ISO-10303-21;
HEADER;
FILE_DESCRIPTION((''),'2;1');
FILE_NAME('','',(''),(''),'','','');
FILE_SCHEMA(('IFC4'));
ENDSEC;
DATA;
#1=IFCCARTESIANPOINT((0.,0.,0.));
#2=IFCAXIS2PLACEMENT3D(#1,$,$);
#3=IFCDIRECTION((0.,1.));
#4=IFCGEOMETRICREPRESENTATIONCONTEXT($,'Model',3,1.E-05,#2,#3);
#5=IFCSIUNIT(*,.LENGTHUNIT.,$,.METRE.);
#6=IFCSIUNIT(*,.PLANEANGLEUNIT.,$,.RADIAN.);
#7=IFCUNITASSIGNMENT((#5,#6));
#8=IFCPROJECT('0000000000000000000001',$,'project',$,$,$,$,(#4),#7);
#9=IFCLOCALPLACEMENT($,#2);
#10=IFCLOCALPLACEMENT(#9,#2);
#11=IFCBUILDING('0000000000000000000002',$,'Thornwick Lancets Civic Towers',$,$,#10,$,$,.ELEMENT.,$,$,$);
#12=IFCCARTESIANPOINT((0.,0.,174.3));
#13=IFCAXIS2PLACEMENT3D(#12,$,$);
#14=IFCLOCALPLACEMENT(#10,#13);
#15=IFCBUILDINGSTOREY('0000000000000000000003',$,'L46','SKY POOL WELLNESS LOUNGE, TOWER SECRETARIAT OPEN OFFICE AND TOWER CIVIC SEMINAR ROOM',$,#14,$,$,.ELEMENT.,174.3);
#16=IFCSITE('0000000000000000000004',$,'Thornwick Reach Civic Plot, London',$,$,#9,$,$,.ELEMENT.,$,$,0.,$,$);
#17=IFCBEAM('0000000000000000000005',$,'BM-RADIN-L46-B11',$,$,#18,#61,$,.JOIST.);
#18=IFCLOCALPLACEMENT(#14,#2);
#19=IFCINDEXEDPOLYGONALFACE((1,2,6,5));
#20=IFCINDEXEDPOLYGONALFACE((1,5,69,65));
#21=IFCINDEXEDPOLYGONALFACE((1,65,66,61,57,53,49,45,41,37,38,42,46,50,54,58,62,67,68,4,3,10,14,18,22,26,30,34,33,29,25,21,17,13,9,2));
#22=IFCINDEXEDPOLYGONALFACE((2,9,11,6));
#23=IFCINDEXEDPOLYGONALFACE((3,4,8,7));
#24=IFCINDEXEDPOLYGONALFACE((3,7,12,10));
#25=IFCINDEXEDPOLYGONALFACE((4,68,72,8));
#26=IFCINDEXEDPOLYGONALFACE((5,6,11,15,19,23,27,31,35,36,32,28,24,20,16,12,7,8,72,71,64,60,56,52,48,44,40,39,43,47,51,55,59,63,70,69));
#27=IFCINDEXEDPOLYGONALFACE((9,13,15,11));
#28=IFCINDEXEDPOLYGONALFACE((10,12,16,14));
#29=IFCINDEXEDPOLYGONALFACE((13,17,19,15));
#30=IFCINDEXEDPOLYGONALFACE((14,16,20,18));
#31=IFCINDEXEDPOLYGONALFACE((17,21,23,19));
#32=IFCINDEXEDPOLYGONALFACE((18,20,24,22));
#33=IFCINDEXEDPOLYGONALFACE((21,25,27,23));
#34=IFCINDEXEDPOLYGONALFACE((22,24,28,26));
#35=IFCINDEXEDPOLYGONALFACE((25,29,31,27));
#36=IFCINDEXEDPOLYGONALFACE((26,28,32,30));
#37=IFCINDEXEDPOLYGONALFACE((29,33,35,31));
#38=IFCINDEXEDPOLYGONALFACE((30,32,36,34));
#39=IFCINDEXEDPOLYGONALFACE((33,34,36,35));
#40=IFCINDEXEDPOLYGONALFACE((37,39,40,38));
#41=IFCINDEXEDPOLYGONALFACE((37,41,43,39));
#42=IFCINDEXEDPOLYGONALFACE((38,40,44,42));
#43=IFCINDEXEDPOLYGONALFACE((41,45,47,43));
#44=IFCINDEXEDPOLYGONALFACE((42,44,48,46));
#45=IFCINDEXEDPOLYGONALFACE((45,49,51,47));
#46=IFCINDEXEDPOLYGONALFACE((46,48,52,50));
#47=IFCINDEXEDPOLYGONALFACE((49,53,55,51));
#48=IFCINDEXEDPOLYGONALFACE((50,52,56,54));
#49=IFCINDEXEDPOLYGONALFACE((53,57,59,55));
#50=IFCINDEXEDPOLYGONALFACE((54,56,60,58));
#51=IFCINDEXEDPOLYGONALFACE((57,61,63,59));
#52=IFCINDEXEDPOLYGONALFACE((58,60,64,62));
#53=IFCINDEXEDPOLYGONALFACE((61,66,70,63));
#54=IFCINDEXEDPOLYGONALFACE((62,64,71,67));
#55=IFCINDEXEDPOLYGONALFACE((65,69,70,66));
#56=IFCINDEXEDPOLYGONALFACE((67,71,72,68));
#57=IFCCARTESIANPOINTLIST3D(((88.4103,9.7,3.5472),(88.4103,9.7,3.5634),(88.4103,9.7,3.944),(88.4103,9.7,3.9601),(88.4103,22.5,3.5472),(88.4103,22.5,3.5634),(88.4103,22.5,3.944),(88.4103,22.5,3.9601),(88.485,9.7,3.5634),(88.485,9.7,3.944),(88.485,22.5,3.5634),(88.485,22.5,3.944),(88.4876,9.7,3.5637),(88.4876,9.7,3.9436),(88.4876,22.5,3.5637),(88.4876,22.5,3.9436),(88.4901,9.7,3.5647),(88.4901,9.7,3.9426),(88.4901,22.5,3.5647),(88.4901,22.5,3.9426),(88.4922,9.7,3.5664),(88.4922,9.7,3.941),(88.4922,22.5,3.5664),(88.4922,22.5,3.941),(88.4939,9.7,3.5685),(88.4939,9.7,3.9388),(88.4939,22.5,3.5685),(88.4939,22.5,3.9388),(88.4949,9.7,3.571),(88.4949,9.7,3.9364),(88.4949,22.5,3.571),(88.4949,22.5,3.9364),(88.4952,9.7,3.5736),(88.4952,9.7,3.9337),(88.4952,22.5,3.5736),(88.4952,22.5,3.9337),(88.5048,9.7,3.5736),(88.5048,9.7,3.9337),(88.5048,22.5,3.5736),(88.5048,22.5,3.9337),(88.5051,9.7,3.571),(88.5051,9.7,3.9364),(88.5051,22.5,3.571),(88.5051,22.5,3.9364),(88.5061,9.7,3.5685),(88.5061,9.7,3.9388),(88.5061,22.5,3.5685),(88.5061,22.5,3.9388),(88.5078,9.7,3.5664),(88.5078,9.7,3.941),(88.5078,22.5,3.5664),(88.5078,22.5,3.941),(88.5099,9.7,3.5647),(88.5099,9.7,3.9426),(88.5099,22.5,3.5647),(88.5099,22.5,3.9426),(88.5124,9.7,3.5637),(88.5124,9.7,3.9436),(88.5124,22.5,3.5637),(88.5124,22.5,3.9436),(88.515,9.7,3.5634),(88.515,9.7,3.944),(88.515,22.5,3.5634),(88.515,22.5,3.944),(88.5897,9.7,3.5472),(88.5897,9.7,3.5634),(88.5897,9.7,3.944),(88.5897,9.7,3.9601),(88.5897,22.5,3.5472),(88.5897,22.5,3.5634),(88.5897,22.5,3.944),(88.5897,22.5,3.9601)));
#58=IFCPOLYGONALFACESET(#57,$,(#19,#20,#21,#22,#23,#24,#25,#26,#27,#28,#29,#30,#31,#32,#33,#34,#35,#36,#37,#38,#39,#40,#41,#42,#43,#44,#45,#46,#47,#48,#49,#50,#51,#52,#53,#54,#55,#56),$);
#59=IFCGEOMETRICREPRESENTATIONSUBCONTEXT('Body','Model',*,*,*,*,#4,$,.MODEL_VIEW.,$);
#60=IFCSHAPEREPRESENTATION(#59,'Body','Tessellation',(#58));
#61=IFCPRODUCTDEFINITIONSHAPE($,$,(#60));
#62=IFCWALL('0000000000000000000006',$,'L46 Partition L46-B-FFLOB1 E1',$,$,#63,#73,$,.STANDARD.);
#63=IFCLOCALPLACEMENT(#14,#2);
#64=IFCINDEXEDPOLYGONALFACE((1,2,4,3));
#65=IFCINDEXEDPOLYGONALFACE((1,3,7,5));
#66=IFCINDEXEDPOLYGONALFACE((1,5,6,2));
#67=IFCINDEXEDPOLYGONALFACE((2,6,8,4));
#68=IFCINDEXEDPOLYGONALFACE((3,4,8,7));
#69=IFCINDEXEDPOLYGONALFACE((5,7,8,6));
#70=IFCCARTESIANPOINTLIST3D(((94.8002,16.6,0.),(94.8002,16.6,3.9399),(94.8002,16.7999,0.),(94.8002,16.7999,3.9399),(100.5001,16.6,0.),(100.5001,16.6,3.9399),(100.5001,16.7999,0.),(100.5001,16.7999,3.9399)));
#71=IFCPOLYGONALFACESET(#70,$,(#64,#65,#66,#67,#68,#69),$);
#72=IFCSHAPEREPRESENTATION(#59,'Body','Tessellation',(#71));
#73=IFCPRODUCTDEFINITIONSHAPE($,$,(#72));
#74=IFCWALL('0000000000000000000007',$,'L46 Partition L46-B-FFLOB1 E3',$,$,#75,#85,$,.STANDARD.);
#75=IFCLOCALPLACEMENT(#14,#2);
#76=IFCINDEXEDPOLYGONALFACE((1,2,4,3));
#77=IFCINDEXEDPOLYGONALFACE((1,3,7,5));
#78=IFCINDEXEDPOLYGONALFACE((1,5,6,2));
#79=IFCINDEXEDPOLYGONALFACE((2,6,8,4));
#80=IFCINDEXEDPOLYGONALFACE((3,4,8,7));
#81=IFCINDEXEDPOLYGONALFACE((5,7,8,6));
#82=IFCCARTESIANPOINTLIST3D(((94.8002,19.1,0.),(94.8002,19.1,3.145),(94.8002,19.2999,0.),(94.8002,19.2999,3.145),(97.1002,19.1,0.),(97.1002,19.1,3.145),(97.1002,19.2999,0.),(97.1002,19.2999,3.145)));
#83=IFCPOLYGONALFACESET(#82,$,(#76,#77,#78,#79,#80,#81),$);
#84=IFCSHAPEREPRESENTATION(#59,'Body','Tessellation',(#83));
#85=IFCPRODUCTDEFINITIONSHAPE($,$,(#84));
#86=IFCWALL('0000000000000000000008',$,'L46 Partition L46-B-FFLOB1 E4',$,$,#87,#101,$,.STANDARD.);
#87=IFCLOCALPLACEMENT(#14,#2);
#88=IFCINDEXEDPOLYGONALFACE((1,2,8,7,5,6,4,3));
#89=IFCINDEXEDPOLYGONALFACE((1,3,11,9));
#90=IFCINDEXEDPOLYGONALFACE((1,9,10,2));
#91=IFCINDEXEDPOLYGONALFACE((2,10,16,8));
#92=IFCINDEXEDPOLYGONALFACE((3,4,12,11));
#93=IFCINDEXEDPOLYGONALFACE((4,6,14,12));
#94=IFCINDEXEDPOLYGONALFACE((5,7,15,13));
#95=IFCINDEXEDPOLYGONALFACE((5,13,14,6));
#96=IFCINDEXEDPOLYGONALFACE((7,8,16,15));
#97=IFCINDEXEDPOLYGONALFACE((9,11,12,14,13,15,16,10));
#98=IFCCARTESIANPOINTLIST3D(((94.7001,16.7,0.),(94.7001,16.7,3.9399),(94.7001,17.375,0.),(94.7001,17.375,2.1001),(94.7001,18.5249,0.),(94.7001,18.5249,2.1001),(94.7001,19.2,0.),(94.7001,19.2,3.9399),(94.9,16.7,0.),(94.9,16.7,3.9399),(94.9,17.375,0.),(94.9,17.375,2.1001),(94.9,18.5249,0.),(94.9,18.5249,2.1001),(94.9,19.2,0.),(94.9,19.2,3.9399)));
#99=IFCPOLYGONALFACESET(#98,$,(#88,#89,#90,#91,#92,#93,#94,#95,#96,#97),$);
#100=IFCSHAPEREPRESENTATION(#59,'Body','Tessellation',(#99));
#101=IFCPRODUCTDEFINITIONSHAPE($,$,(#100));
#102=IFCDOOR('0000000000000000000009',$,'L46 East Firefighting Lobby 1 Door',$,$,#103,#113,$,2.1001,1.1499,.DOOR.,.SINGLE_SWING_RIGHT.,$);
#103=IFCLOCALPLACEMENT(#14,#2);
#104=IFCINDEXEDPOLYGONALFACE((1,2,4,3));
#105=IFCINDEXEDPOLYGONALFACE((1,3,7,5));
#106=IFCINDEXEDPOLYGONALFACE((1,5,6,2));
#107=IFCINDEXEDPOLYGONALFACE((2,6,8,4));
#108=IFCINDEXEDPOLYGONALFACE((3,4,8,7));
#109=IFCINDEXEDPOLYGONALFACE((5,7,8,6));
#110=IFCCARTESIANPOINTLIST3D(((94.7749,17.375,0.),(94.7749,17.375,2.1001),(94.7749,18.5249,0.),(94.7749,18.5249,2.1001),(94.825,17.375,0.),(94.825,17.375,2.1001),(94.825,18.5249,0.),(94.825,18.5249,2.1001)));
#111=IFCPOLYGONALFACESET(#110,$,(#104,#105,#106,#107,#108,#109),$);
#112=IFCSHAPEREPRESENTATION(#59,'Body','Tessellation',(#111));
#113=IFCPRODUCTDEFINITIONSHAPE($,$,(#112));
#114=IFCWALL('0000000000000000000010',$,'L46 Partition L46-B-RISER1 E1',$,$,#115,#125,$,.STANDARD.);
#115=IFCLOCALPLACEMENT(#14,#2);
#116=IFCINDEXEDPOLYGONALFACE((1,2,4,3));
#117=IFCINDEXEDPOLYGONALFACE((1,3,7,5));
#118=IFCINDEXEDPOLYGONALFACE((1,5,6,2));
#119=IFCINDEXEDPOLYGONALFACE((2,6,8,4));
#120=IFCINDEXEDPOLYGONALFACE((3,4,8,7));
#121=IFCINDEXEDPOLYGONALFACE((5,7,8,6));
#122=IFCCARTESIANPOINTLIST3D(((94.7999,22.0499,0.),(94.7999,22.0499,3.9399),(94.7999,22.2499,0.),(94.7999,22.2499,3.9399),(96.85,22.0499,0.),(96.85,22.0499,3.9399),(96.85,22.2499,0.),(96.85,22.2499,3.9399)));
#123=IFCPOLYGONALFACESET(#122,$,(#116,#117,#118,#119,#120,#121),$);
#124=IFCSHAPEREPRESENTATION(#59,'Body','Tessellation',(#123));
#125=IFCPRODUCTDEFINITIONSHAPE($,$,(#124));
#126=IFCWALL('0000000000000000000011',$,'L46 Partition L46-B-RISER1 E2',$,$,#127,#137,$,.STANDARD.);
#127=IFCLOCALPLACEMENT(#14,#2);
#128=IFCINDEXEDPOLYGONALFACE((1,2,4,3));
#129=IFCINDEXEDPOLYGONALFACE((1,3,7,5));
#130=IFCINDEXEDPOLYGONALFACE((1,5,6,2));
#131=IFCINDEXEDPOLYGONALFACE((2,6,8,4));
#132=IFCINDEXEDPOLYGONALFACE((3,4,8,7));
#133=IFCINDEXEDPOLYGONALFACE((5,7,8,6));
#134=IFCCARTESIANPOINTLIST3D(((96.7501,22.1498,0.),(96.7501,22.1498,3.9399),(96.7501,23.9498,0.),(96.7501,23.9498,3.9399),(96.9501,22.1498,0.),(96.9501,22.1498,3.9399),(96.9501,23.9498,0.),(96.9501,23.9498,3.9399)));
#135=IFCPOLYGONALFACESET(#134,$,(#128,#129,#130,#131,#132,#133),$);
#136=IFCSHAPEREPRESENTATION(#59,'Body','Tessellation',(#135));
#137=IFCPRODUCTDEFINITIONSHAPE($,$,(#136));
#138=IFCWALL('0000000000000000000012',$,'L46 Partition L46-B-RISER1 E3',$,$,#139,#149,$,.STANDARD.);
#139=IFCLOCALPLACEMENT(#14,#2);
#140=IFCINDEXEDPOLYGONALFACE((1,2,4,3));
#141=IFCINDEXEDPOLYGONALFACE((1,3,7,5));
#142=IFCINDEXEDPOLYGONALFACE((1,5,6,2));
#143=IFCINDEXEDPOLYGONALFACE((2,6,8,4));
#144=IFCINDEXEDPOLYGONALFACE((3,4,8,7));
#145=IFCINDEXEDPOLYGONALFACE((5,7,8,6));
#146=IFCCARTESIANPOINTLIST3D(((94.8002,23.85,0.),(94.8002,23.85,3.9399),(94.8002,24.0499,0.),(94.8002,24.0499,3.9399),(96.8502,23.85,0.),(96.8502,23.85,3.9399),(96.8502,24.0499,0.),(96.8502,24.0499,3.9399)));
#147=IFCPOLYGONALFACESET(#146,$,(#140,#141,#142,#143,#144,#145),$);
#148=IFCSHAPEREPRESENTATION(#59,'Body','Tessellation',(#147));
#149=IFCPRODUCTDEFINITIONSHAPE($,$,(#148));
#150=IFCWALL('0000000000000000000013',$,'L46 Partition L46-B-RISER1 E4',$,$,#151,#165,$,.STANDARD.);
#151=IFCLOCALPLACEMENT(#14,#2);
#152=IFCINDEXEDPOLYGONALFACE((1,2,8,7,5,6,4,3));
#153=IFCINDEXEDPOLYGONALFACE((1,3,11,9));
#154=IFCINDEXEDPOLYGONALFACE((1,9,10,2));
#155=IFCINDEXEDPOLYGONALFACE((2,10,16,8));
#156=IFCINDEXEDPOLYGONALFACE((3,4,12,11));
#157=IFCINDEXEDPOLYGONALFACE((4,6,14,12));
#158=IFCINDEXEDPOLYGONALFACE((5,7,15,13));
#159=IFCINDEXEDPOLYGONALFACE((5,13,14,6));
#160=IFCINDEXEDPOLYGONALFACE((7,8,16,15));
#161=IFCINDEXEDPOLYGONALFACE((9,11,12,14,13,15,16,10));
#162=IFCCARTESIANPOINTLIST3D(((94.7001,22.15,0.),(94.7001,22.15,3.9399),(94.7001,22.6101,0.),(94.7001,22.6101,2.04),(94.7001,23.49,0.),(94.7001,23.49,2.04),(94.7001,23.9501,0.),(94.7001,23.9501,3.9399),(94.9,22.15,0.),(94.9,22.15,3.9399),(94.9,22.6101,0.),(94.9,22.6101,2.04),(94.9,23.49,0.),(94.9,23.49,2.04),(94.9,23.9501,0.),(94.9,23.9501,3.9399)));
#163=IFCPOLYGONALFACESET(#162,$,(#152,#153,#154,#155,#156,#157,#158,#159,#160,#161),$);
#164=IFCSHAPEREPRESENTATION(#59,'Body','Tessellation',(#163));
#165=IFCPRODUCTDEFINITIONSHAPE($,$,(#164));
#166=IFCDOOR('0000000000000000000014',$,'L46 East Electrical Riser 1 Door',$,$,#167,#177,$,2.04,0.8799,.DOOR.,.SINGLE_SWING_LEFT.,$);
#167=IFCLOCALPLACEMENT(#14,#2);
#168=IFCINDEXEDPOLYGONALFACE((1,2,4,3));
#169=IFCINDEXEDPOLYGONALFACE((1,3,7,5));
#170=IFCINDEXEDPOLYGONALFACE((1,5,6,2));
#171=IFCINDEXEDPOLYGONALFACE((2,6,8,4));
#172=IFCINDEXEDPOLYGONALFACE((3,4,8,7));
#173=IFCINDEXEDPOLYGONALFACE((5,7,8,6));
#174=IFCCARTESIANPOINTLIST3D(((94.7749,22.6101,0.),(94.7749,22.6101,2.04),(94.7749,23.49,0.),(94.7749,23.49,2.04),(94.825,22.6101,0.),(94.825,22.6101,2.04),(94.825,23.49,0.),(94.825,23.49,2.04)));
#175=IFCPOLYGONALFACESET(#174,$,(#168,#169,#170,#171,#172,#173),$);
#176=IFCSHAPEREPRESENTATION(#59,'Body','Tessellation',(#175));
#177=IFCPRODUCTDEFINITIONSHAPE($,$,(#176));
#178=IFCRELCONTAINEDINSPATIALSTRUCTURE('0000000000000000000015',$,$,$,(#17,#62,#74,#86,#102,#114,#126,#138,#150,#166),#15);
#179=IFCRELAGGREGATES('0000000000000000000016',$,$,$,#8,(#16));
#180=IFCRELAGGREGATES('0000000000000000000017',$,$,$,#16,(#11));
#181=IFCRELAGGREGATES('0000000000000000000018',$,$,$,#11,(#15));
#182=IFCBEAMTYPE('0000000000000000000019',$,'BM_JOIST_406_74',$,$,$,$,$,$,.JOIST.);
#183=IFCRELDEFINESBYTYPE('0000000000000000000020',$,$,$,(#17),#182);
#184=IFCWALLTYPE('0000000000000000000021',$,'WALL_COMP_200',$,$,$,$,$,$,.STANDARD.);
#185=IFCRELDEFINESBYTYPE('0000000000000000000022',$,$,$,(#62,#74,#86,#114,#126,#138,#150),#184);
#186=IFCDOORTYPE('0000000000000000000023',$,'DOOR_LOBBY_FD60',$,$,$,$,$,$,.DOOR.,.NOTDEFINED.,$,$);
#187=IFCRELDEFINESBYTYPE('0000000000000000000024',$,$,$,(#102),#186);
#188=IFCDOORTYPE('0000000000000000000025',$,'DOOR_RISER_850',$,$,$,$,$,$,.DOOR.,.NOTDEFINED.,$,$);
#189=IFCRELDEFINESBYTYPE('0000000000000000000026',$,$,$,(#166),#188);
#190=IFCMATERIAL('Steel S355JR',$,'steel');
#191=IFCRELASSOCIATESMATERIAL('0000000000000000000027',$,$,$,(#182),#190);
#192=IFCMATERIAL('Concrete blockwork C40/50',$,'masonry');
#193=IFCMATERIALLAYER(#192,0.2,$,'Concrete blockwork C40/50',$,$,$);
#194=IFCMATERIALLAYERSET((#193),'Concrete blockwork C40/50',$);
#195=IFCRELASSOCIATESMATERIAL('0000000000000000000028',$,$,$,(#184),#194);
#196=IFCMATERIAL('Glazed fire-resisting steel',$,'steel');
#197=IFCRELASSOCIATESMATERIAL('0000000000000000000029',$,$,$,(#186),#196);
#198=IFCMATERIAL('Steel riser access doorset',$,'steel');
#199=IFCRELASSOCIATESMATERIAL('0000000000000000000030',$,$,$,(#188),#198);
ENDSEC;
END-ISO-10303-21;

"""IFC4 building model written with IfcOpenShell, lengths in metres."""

from ifc_helpers import new_model, si_unit, direction, frame, frame_2d, origin, origin_2d, place, context, subcontext, project, spatial, rectangle, i_section, extrude, material, layer, layer_set, material_profile, profile_set, type_object, element, fill, save


model = new_model("IFC4")

# Units and contexts
model_context = context("Model", 3, precision=1e-05, world=origin(), true_north=direction((0.0, 1.0)))
body_context = subcontext(model_context, "Body", "Model", "MODEL_VIEW")
ifc_project = project(units=[si_unit("LENGTHUNIT", "METRE"), si_unit("PLANEANGLEUNIT", "RADIAN")], contexts=[model_context])

# Site, building, storey
site_placement = place(None, origin())
site = spatial("IfcSite", under=ifc_project, at=site_placement, Name="Thornwick Reach Civic Plot, London", CompositionType="ELEMENT", RefElevation=0.0)
building_placement = place(site_placement, origin())
building = spatial("IfcBuilding", under=site, at=building_placement, Name="Thornwick Lancets Civic Towers", CompositionType="ELEMENT")
storey_placement = place(building_placement, frame((0.0, 0.0, 174.3)))
storey = spatial("IfcBuildingStorey", under=building, at=storey_placement, Name="L46", Description="SKY POOL WELLNESS LOUNGE, TOWER SECRETARIAT OPEN OFFICE AND TOWER CIVIC SEMINAR ROOM", CompositionType="ELEMENT", Elevation=174.3)

# Beam
ifc_material_1 = material(Name="Steel S355JR", Category="steel")
ifc_material_profile_1 = material_profile(ifc_material_1, i_section(OverallWidth=0.1794, OverallDepth=0.4128, WebThickness=0.0095, FlangeThickness=0.0161, FilletRadius=0.0103, at=origin_2d()), Name="UKB 406x178x74")
ifc_profile_set_1 = profile_set([ifc_material_profile_1], Name="Steel S355JR")
beam_type_1 = type_object("IfcBeamType", Name="BM_JOIST_406_74", PredefinedType="JOIST", material=ifc_profile_set_1)
for number, where, z_axis, x_axis, name in (
    (1, (88.5, 22.5, 3.7537), (0.0, -1.0, 0.0), (1.0, 0.0, 0.0), "BM-RADIN-L46-B11"),
):
    element("IfcBeam", number, at=place(storey_placement, frame(where, z_axis=z_axis, x_axis=x_axis)), inside=storey, type_object=beam_type_1, Name=name, PredefinedType="JOIST", context=body_context, shape_type="SweptSolid", body=[
        extrude(i_section(OverallWidth=0.1794, OverallDepth=0.4128, WebThickness=0.0095, FlangeThickness=0.0161, FilletRadius=0.0103, at=origin_2d()), origin(), (0.0, 0.0, 1.0), 12.8),
    ])

# Walls
ifc_material_2 = material(Name="Concrete blockwork C40/50", Category="masonry")
ifc_layer_1 = layer(ifc_material_2, 0.2, Name="Concrete blockwork C40/50")
ifc_layer_set_1 = layer_set([ifc_layer_1], Name="Concrete blockwork C40/50")
wall_type_1 = type_object("IfcWallType", Name="WALL_COMP_200", PredefinedType="STANDARD", material=ifc_layer_set_1)
wall_1_placement = place(storey_placement, frame((94.8, 16.7, 0.0), z_axis=(0.0, 0.0, 1.0), x_axis=(1.0, 0.0, 0.0)))
element("IfcWall", 2, at=wall_1_placement, inside=storey, type_object=wall_type_1, Name="L46 Partition L46-B-FFLOB1 E1", PredefinedType="STANDARD", context=body_context, shape_type="SweptSolid", body=[
    extrude(rectangle(XDim=5.7, YDim=0.2, at=frame_2d((2.8501, 0.0))), origin(), (0.0, 0.0, 1.0), 3.9399),
])
wall_2_placement = place(storey_placement, frame((97.1001, 19.2, 0.0), z_axis=(0.0, 0.0, 1.0), x_axis=(-1.0, 0.0, 0.0)))
element("IfcWall", 3, at=wall_2_placement, inside=storey, type_object=wall_type_1, Name="L46 Partition L46-B-FFLOB1 E3", PredefinedType="STANDARD", context=body_context, shape_type="SweptSolid", body=[
    extrude(rectangle(XDim=2.3, YDim=0.2, at=frame_2d((1.1499, 0.0))), origin(), (0.0, 0.0, 1.0), 3.145),
])

# Wall, opening, door
wall_3_placement = place(storey_placement, frame((94.8, 19.2, 0.0), z_axis=(0.0, 0.0, 1.0), x_axis=(0.0, -1.0, 0.0)))
wall_3 = element("IfcWall", 4, at=wall_3_placement, inside=storey, type_object=wall_type_1, Name="L46 Partition L46-B-FFLOB1 E4", PredefinedType="STANDARD", context=body_context, shape_type="SweptSolid", body=[
    extrude(rectangle(XDim=2.5, YDim=0.2, at=frame_2d((1.25, 0.0))), origin(), (0.0, 0.0, 1.0), 3.9399),
])
opening_1_placement = place(wall_3_placement, frame((0.675, 0.0, 0.0)))
opening_1 = element("IfcOpeningElement", 5, at=opening_1_placement, cuts=wall_3, PredefinedType="OPENING", context=body_context, shape_type="SweptSolid", body=[
    extrude(rectangle(XDim=1.1499, YDim=2.1001, at=frame_2d((0.575, 1.05))), frame((0.0, 0.1099, 0.0), z_axis=(0.0, -1.0, 0.0), x_axis=(1.0, 0.0, 0.0)), (0.0, 0.0, 1.0), 0.22),
])
ifc_material_3 = material(Name="Glazed fire-resisting steel", Category="steel")
door_type_1 = type_object("IfcDoorType", Name="DOOR_LOBBY_FD60", OperationType="NOTDEFINED", PredefinedType="DOOR", material=ifc_material_3)
door_1_placement = place(opening_1_placement, origin())
door_1 = element("IfcDoor", 6, at=door_1_placement, inside=storey, type_object=door_type_1, Name="L46 East Firefighting Lobby 1 Door", OperationType="SINGLE_SWING_RIGHT", OverallHeight=2.1001, OverallWidth=1.1499, PredefinedType="DOOR", context=body_context, shape_type="SweptSolid", body=[
    extrude(rectangle(XDim=1.1499, YDim=2.1001, at=frame_2d((0.575, 1.05))), frame((0.0, 0.0249, 0.0), z_axis=(0.0, -1.0, 0.0), x_axis=(1.0, 0.0, 0.0)), (0.0, 0.0, 1.0), 0.05),
])
fill(opening_1, door_1)

# Walls
wall_4_placement = place(storey_placement, frame((94.8, 22.1499, 0.0), z_axis=(0.0, 0.0, 1.0), x_axis=(1.0, 0.0, 0.0)))
element("IfcWall", 7, at=wall_4_placement, inside=storey, type_object=wall_type_1, Name="L46 Partition L46-B-RISER1 E1", PredefinedType="STANDARD", context=body_context, shape_type="SweptSolid", body=[
    extrude(rectangle(XDim=2.05, YDim=0.2, at=frame_2d((1.0249, 0.0))), origin(), (0.0, 0.0, 1.0), 3.9399),
])
wall_5_placement = place(storey_placement, frame((96.8501, 22.1499, 0.0), z_axis=(0.0, 0.0, 1.0), x_axis=(0.0, 1.0, 0.0)))
element("IfcWall", 8, at=wall_5_placement, inside=storey, type_object=wall_type_1, Name="L46 Partition L46-B-RISER1 E2", PredefinedType="STANDARD", context=body_context, shape_type="SweptSolid", body=[
    extrude(rectangle(XDim=1.8, YDim=0.2, at=frame_2d((0.8999, 0.0))), origin(), (0.0, 0.0, 1.0), 3.9399),
])
wall_6_placement = place(storey_placement, frame((96.8501, 23.95, 0.0), z_axis=(0.0, 0.0, 1.0), x_axis=(-1.0, 0.0, 0.0)))
element("IfcWall", 9, at=wall_6_placement, inside=storey, type_object=wall_type_1, Name="L46 Partition L46-B-RISER1 E3", PredefinedType="STANDARD", context=body_context, shape_type="SweptSolid", body=[
    extrude(rectangle(XDim=2.05, YDim=0.2, at=frame_2d((1.0249, 0.0))), origin(), (0.0, 0.0, 1.0), 3.9399),
])

# Wall, opening, door
wall_7_placement = place(storey_placement, frame((94.8, 23.95, 0.0), z_axis=(0.0, 0.0, 1.0), x_axis=(0.0, -1.0, 0.0)))
wall_7 = element("IfcWall", 10, at=wall_7_placement, inside=storey, type_object=wall_type_1, Name="L46 Partition L46-B-RISER1 E4", PredefinedType="STANDARD", context=body_context, shape_type="SweptSolid", body=[
    extrude(rectangle(XDim=1.8, YDim=0.2, at=frame_2d((0.8999, 0.0))), origin(), (0.0, 0.0, 1.0), 3.9399),
])
opening_2_placement = place(wall_7_placement, frame((0.46, 0.0, 0.0)))
opening_2 = element("IfcOpeningElement", 11, at=opening_2_placement, cuts=wall_7, PredefinedType="OPENING", context=body_context, shape_type="SweptSolid", body=[
    extrude(rectangle(XDim=0.8799, YDim=2.04, at=frame_2d((0.4399, 1.02))), frame((0.0, 0.1099, 0.0), z_axis=(0.0, -1.0, 0.0), x_axis=(1.0, 0.0, 0.0)), (0.0, 0.0, 1.0), 0.22),
])
ifc_material_4 = material(Name="Steel riser access doorset", Category="steel")
door_type_2 = type_object("IfcDoorType", Name="DOOR_RISER_850", OperationType="NOTDEFINED", PredefinedType="DOOR", material=ifc_material_4)
door_2_placement = place(opening_2_placement, origin())
door_2 = element("IfcDoor", 12, at=door_2_placement, inside=storey, type_object=door_type_2, Name="L46 East Electrical Riser 1 Door", OperationType="SINGLE_SWING_LEFT", OverallHeight=2.04, OverallWidth=0.8799, PredefinedType="DOOR", context=body_context, shape_type="SweptSolid", body=[
    extrude(rectangle(XDim=0.8799, YDim=2.04, at=frame_2d((0.4399, 1.02))), frame((0.0, 0.0249, 0.0), z_axis=(0.0, -1.0, 0.0), x_axis=(1.0, 0.0, 0.0)), (0.0, 0.0, 1.0), 0.05),
])
fill(opening_2, door_2)

save(model, "model.ifc")
